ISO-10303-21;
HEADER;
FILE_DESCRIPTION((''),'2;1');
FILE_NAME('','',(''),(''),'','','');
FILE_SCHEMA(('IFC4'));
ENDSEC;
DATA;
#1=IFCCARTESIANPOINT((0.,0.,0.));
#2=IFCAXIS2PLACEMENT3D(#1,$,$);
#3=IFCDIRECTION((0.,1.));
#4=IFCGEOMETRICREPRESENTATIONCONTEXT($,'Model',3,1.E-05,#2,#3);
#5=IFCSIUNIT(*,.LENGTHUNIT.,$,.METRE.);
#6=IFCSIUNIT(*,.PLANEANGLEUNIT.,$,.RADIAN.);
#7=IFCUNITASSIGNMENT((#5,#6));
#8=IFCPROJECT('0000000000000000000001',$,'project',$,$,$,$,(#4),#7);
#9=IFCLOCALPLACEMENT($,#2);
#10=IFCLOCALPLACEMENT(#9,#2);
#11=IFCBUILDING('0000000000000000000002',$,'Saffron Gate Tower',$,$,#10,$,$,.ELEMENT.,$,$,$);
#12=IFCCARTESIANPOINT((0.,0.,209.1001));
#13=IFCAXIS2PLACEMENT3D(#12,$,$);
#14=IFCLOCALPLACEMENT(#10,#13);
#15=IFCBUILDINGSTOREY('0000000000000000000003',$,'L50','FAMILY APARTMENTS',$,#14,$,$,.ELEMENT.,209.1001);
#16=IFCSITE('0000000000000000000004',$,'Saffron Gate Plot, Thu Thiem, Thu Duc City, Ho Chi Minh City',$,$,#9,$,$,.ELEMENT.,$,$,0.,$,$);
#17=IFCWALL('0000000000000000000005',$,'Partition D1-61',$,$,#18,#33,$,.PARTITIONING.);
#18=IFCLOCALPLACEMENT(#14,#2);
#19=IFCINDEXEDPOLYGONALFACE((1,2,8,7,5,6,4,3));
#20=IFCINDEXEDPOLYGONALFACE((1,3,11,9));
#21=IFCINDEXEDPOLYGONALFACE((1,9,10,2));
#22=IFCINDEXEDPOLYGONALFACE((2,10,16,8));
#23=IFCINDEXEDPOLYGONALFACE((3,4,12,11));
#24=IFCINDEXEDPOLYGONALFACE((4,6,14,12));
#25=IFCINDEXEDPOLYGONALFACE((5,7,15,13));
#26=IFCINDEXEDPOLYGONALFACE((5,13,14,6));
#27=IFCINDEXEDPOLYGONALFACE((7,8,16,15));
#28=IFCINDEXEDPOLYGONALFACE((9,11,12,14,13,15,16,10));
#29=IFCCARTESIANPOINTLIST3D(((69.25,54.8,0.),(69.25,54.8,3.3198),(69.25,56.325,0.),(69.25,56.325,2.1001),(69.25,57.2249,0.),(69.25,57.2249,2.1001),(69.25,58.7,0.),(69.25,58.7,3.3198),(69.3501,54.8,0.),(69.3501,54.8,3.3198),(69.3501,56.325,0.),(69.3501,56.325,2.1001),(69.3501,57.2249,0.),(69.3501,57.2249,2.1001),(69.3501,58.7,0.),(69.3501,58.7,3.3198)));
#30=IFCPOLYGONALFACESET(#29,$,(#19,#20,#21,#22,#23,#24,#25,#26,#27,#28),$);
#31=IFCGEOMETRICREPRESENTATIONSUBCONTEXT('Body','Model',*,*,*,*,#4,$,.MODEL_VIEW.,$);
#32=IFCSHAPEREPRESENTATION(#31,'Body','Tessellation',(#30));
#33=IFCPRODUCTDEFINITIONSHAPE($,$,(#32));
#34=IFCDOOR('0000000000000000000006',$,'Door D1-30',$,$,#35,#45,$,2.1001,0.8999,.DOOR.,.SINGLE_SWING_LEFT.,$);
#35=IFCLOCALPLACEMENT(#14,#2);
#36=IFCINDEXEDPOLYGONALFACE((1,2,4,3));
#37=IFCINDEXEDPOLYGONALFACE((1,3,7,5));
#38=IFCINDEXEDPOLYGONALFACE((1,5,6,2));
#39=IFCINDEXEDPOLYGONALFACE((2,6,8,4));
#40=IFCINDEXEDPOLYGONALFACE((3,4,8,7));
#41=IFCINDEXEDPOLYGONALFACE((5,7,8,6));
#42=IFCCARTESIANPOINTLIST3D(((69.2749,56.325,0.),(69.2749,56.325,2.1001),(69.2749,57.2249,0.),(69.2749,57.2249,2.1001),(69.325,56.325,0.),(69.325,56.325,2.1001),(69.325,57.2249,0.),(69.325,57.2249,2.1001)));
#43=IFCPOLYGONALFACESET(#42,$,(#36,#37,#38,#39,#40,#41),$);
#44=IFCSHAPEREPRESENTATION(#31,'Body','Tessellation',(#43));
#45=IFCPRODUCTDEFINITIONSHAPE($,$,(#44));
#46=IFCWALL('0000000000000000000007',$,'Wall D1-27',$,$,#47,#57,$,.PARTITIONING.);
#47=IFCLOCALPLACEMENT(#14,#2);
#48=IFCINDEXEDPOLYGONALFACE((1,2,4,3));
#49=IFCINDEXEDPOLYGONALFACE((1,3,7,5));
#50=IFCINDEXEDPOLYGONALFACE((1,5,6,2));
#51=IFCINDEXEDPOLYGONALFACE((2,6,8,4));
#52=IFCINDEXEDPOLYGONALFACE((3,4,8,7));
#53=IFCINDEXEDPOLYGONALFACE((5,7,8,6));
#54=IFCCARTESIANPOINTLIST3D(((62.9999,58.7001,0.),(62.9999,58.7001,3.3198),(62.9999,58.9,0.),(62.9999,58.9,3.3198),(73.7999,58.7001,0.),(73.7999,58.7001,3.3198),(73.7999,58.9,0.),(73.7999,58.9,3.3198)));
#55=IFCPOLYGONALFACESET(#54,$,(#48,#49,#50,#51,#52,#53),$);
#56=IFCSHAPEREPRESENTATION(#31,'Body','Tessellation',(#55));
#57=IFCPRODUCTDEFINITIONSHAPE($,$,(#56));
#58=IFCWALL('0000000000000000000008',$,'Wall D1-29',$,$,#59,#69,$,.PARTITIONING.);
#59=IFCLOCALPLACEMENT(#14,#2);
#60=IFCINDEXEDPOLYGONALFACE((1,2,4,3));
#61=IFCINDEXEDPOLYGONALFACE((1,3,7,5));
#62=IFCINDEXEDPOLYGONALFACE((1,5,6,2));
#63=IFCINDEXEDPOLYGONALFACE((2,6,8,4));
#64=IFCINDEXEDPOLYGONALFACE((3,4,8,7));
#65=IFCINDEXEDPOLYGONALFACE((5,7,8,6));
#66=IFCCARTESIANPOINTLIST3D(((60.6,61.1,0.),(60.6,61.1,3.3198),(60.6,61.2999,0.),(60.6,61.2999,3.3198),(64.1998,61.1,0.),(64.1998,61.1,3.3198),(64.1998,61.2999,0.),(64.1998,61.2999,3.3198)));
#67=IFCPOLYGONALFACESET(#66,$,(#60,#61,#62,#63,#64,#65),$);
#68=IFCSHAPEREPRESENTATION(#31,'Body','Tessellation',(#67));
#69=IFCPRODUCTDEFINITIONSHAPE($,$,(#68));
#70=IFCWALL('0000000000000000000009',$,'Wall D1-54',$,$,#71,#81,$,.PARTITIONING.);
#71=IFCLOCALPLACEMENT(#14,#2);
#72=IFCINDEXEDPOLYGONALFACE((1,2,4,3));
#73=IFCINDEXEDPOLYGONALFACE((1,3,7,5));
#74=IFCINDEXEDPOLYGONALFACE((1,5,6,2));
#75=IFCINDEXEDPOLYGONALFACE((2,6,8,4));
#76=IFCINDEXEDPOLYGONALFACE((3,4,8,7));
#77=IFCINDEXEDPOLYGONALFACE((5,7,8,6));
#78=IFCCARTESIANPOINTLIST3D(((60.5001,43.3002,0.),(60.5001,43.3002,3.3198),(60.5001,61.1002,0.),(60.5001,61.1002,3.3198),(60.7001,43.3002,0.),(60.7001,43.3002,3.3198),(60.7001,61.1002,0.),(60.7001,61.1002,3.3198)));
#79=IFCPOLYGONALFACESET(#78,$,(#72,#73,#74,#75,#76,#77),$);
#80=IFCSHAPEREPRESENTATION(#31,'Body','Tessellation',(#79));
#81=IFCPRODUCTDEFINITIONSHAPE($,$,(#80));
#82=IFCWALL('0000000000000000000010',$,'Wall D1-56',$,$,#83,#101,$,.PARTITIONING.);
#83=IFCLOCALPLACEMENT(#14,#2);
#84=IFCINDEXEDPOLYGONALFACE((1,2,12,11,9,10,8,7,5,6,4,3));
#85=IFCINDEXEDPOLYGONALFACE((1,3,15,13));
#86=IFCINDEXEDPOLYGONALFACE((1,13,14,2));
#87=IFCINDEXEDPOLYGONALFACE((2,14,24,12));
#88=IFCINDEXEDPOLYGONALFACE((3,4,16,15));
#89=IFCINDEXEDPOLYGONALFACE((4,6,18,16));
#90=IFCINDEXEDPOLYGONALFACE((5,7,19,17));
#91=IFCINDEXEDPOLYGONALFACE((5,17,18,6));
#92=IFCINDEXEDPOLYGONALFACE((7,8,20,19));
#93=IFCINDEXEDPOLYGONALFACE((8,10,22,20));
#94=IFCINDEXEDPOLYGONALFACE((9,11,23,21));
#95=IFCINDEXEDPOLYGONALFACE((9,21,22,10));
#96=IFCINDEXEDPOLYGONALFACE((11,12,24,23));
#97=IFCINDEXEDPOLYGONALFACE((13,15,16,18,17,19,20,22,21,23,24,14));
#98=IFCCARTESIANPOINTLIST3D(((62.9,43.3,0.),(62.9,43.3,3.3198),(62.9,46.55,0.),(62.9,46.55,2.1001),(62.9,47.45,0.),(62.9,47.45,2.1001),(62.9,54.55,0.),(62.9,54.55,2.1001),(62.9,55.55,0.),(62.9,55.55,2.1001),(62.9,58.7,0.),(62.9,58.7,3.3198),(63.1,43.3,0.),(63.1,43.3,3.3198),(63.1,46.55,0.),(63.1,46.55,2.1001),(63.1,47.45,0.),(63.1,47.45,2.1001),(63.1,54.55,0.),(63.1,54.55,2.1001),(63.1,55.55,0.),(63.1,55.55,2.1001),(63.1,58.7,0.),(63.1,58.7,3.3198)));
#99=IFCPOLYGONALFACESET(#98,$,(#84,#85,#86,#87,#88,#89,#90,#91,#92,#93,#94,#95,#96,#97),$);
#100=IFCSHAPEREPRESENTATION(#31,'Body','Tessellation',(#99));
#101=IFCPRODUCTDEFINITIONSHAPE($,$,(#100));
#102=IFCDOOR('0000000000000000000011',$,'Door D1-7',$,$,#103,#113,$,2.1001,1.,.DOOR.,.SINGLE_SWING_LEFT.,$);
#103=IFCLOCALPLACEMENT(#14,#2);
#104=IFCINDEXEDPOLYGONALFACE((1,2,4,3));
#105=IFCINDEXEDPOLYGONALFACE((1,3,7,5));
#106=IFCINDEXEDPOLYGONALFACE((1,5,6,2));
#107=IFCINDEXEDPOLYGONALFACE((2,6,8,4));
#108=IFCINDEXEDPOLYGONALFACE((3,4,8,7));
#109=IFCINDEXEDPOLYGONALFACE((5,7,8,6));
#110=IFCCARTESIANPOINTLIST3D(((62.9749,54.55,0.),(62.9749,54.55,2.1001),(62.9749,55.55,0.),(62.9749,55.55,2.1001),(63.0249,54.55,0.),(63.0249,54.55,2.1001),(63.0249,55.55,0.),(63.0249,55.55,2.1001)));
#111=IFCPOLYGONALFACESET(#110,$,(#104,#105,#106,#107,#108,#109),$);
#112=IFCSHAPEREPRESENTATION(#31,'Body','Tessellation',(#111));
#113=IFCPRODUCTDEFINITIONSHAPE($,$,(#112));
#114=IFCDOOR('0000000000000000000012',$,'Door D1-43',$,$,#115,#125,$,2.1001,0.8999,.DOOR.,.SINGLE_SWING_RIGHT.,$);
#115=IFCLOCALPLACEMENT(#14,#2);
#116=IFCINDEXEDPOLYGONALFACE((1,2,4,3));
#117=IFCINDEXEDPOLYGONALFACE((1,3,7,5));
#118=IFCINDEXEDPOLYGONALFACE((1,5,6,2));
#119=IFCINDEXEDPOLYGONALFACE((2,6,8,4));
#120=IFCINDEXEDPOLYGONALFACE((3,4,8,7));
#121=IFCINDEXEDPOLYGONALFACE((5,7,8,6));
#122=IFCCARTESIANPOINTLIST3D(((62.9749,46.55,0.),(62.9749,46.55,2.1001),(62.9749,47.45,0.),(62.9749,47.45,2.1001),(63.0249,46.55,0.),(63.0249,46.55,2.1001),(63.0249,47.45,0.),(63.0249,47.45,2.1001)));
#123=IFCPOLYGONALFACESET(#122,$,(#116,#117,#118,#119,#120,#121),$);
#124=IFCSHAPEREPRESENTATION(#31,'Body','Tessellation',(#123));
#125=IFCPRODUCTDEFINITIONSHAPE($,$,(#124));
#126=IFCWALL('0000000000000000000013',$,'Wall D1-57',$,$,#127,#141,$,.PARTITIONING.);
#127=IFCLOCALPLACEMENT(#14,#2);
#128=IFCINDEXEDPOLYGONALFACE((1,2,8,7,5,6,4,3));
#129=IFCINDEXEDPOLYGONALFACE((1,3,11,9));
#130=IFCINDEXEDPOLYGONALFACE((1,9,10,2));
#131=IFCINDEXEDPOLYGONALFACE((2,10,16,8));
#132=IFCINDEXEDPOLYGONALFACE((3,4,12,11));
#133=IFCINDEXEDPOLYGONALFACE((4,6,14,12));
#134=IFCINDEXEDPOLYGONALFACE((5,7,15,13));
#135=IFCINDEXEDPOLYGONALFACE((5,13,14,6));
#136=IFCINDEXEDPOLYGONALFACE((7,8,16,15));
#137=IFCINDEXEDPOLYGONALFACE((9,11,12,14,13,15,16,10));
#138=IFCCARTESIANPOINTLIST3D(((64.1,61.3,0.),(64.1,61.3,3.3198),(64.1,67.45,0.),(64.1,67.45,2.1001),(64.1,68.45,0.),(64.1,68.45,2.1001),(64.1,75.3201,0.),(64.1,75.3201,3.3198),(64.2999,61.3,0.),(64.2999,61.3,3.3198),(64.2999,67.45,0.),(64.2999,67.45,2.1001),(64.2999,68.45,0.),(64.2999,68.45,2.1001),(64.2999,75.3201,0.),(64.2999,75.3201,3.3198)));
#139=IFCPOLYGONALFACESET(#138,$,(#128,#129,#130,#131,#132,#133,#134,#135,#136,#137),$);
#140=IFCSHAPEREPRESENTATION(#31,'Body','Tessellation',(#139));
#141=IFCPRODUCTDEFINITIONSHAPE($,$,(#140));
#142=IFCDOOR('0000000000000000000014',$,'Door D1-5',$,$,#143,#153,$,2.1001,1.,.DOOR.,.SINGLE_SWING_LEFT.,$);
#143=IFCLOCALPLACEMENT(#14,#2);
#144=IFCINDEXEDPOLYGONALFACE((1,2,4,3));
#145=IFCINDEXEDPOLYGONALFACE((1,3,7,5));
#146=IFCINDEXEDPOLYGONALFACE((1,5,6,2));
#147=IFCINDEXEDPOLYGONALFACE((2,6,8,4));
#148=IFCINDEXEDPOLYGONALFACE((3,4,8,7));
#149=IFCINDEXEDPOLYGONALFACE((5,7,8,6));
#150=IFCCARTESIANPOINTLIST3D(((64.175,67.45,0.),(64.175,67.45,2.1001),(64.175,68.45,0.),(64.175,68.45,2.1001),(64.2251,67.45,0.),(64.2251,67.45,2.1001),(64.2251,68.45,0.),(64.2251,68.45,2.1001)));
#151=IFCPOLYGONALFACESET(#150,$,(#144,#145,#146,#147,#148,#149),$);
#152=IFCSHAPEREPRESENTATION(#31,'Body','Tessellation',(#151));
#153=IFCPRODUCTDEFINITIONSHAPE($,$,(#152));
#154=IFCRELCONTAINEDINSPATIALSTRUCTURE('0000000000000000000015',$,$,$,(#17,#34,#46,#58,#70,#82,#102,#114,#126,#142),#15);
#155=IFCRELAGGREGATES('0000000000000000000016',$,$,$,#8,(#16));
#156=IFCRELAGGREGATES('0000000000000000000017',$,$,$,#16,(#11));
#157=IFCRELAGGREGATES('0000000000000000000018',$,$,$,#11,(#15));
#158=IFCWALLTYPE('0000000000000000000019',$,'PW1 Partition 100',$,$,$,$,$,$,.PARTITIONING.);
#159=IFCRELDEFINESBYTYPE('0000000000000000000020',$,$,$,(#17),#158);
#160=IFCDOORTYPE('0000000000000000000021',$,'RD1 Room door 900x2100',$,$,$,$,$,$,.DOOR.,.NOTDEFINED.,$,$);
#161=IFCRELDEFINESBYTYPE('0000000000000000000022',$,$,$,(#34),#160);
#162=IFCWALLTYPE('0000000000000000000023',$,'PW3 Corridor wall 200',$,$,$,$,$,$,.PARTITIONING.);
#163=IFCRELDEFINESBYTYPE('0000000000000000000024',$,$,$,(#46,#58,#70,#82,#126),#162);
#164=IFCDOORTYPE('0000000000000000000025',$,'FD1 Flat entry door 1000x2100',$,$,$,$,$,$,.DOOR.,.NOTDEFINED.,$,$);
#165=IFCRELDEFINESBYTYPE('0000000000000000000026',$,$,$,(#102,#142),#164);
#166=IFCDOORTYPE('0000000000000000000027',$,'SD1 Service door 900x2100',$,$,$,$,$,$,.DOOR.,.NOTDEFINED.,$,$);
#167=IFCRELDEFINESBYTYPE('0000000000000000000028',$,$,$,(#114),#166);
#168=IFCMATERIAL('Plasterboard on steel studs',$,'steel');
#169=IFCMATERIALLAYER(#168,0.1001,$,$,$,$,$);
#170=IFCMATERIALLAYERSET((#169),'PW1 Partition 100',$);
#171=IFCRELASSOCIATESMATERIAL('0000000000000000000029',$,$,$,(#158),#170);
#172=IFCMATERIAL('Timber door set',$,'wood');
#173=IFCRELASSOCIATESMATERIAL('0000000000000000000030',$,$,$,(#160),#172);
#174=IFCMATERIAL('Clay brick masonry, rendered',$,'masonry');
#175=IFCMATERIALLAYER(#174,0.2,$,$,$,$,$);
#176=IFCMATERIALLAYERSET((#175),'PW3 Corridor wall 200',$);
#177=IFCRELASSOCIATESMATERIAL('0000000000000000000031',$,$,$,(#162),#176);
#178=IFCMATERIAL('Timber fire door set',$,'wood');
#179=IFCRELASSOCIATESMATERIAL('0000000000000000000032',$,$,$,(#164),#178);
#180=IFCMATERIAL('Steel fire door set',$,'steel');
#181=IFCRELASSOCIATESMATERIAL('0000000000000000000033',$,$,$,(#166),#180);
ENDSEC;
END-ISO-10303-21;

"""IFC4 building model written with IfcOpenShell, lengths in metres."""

from ifc_helpers import new_model, si_unit, direction, frame, frame_2d, origin, place, context, subcontext, project, spatial, rectangle, extrude, material, layer, layer_set, type_object, element, fill, save


model = new_model("IFC4")

# Units and contexts
model_context = context("Model", 3, precision=1e-05, world=origin(), true_north=direction((0.0, 1.0)))
body_context = subcontext(model_context, "Body", "Model", "MODEL_VIEW")
ifc_project = project(units=[si_unit("LENGTHUNIT", "METRE"), si_unit("PLANEANGLEUNIT", "RADIAN")], contexts=[model_context])

# Site, building, storey
site_placement = place(None, origin())
site = spatial("IfcSite", under=ifc_project, at=site_placement, Name="Saffron Gate Plot, Thu Thiem, Thu Duc City, Ho Chi Minh City", CompositionType="ELEMENT", RefElevation=0.0)
building_placement = place(site_placement, origin())
building = spatial("IfcBuilding", under=site, at=building_placement, Name="Saffron Gate Tower", CompositionType="ELEMENT")
storey_placement = place(building_placement, frame((0.0, 0.0, 209.1001)))
storey = spatial("IfcBuildingStorey", under=building, at=storey_placement, Name="L50", Description="FAMILY APARTMENTS", CompositionType="ELEMENT", Elevation=209.1001)

# Shared definitions
ifc_material_1 = material(Name="Steel fire door set", Category="steel")

# Shared definitions
ifc_material_2 = material(Name="Plasterboard on steel studs", Category="steel")
ifc_layer_1 = layer(ifc_material_2, 0.1001)
ifc_layer_set_1 = layer_set([ifc_layer_1], Name="PW1 Partition 100")
wall_type_1 = type_object("IfcWallType", Name="PW1 Partition 100", PredefinedType="PARTITIONING", material=ifc_layer_set_1)

# Wall, opening, door
wall_1_placement = place(storey_placement, frame((69.3, 58.7, 0.0), z_axis=(0.0, 0.0, 1.0), x_axis=(0.0, -1.0, 0.0)))
wall_1 = element("IfcWall", 1, at=wall_1_placement, inside=storey, type_object=wall_type_1, Name="Partition D1-61", PredefinedType="PARTITIONING", context=body_context, shape_type="SweptSolid", body=[
    extrude(rectangle(XDim=3.8999, YDim=0.1001, at=frame_2d((1.95, 0.0))), origin(), (0.0, 0.0, 1.0), 3.3198),
])
opening_1_placement = place(wall_1_placement, frame((1.4751, 0.0, 0.0)))
opening_1 = element("IfcOpeningElement", 2, at=opening_1_placement, cuts=wall_1, PredefinedType="OPENING", context=body_context, shape_type="SweptSolid", body=[
    extrude(rectangle(XDim=0.8999, YDim=2.1001, at=frame_2d((0.45, 1.05))), frame((0.0, 0.0601, 0.0), z_axis=(0.0, -1.0, 0.0), x_axis=(1.0, 0.0, 0.0)), (0.0, 0.0, 1.0), 0.1201),
])
ifc_material_3 = material(Name="Timber door set", Category="wood")
door_type_1 = type_object("IfcDoorType", Name="RD1 Room door 900x2100", OperationType="NOTDEFINED", PredefinedType="DOOR", material=ifc_material_3)
door_1_placement = place(opening_1_placement, origin())
door_1 = element("IfcDoor", 3, at=door_1_placement, inside=storey, type_object=door_type_1, Name="Door D1-30", OperationType="SINGLE_SWING_LEFT", OverallHeight=2.1001, OverallWidth=0.8999, PredefinedType="DOOR", context=body_context, shape_type="SweptSolid", body=[
    extrude(rectangle(XDim=0.8999, YDim=2.1001, at=frame_2d((0.45, 1.05))), frame((0.0, 0.0249, 0.0), z_axis=(0.0, -1.0, 0.0), x_axis=(1.0, 0.0, 0.0)), (0.0, 0.0, 1.0), 0.05),
])
fill(opening_1, door_1)

# Walls
ifc_material_4 = material(Name="Clay brick masonry, rendered", Category="masonry")
ifc_layer_2 = layer(ifc_material_4, 0.2)
ifc_layer_set_2 = layer_set([ifc_layer_2], Name="PW3 Corridor wall 200")
wall_type_2 = type_object("IfcWallType", Name="PW3 Corridor wall 200", PredefinedType="PARTITIONING", material=ifc_layer_set_2)
wall_2_placement = place(storey_placement, frame((63.0, 58.8, 0.0), z_axis=(0.0, 0.0, 1.0), x_axis=(1.0, 0.0, 0.0)))
element("IfcWall", 4, at=wall_2_placement, inside=storey, type_object=wall_type_2, Name="Wall D1-27", PredefinedType="PARTITIONING", context=body_context, shape_type="SweptSolid", body=[
    extrude(rectangle(XDim=10.8, YDim=0.2, at=frame_2d((5.3999, 0.0))), origin(), (0.0, 0.0, 1.0), 3.3198),
])
wall_3_placement = place(storey_placement, frame((60.6001, 61.2, 0.0), z_axis=(0.0, 0.0, 1.0), x_axis=(1.0, 0.0, 0.0)))
element("IfcWall", 5, at=wall_3_placement, inside=storey, type_object=wall_type_2, Name="Wall D1-29", PredefinedType="PARTITIONING", context=body_context, shape_type="SweptSolid", body=[
    extrude(rectangle(XDim=3.5999, YDim=0.2, at=frame_2d((1.7998, 0.0))), origin(), (0.0, 0.0, 1.0), 3.3198),
])
wall_4_placement = place(storey_placement, frame((60.6001, 61.1001, 0.0), z_axis=(0.0, 0.0, 1.0), x_axis=(0.0, -1.0, 0.0)))
element("IfcWall", 6, at=wall_4_placement, inside=storey, type_object=wall_type_2, Name="Wall D1-54", PredefinedType="PARTITIONING", context=body_context, shape_type="SweptSolid", body=[
    extrude(rectangle(XDim=17.8, YDim=0.2, at=frame_2d((8.8999, 0.0))), origin(), (0.0, 0.0, 1.0), 3.3198),
])

# Wall, openings, doors
wall_5_placement = place(storey_placement, frame((63.0, 58.7, 0.0), z_axis=(0.0, 0.0, 1.0), x_axis=(0.0, -1.0, 0.0)))
wall_5 = element("IfcWall", 7, at=wall_5_placement, inside=storey, type_object=wall_type_2, Name="Wall D1-56", PredefinedType="PARTITIONING", context=body_context, shape_type="SweptSolid", body=[
    extrude(rectangle(XDim=15.3999, YDim=0.2, at=frame_2d((7.7, 0.0))), origin(), (0.0, 0.0, 1.0), 3.3198),
])
opening_2_placement = place(wall_5_placement, frame((3.1499, 0.0, 0.0)))
opening_2 = element("IfcOpeningElement", 8, at=opening_2_placement, cuts=wall_5, PredefinedType="OPENING", context=body_context, shape_type="SweptSolid", body=[
    extrude(rectangle(XDim=1.0, YDim=2.1001, at=frame_2d((0.5, 1.05))), frame((0.0, 0.1099, 0.0), z_axis=(0.0, -1.0, 0.0), x_axis=(1.0, 0.0, 0.0)), (0.0, 0.0, 1.0), 0.22),
])
opening_3_placement = place(wall_5_placement, frame((11.25, 0.0, 0.0)))
opening_3 = element("IfcOpeningElement", 9, at=opening_3_placement, cuts=wall_5, PredefinedType="OPENING", context=body_context, shape_type="SweptSolid", body=[
    extrude(rectangle(XDim=0.8999, YDim=2.1001, at=frame_2d((0.45, 1.05))), frame((0.0, 0.1099, 0.0), z_axis=(0.0, -1.0, 0.0), x_axis=(1.0, 0.0, 0.0)), (0.0, 0.0, 1.0), 0.22),
])
ifc_material_5 = material(Name="Timber fire door set", Category="wood")
door_type_2 = type_object("IfcDoorType", Name="FD1 Flat entry door 1000x2100", OperationType="NOTDEFINED", PredefinedType="DOOR", material=ifc_material_5)
door_2_placement = place(opening_2_placement, origin())
door_2 = element("IfcDoor", 10, at=door_2_placement, inside=storey, type_object=door_type_2, Name="Door D1-7", OperationType="SINGLE_SWING_LEFT", OverallHeight=2.1001, OverallWidth=1.0, PredefinedType="DOOR", context=body_context, shape_type="SweptSolid", body=[
    extrude(rectangle(XDim=1.0, YDim=2.1001, at=frame_2d((0.5, 1.05))), frame((0.0, 0.0249, 0.0), z_axis=(0.0, -1.0, 0.0), x_axis=(1.0, 0.0, 0.0)), (0.0, 0.0, 1.0), 0.05),
])
fill(opening_2, door_2)
door_type_3 = type_object("IfcDoorType", Name="SD1 Service door 900x2100", OperationType="NOTDEFINED", PredefinedType="DOOR", material=ifc_material_1)
door_3_placement = place(opening_3_placement, origin())
door_3 = element("IfcDoor", 11, at=door_3_placement, inside=storey, type_object=door_type_3, Name="Door D1-43", OperationType="SINGLE_SWING_RIGHT", OverallHeight=2.1001, OverallWidth=0.8999, PredefinedType="DOOR", context=body_context, shape_type="SweptSolid", body=[
    extrude(rectangle(XDim=0.8999, YDim=2.1001, at=frame_2d((0.45, 1.05))), frame((0.0, 0.0249, 0.0), z_axis=(0.0, -1.0, 0.0), x_axis=(1.0, 0.0, 0.0)), (0.0, 0.0, 1.0), 0.05),
])
fill(opening_3, door_3)

# Wall, opening, door
wall_6_placement = place(storey_placement, frame((64.2, 61.3, 0.0), z_axis=(0.0, 0.0, 1.0), x_axis=(0.0, 1.0, 0.0)))
wall_6 = element("IfcWall", 12, at=wall_6_placement, inside=storey, type_object=wall_type_2, Name="Wall D1-57", PredefinedType="PARTITIONING", context=body_context, shape_type="SweptSolid", body=[
    extrude(rectangle(XDim=14.02, YDim=0.2, at=frame_2d((7.01, 0.0))), origin(), (0.0, 0.0, 1.0), 3.3198),
])
opening_4_placement = place(wall_6_placement, frame((6.1499, 0.0, 0.0)))
opening_4 = element("IfcOpeningElement", 13, at=opening_4_placement, cuts=wall_6, PredefinedType="OPENING", context=body_context, shape_type="SweptSolid", body=[
    extrude(rectangle(XDim=1.0, YDim=2.1001, at=frame_2d((0.5, 1.05))), frame((0.0, 0.1099, 0.0), z_axis=(0.0, -1.0, 0.0), x_axis=(1.0, 0.0, 0.0)), (0.0, 0.0, 1.0), 0.22),
])
door_4_placement = place(opening_4_placement, origin())
door_4 = element("IfcDoor", 14, at=door_4_placement, inside=storey, type_object=door_type_2, Name="Door D1-5", OperationType="SINGLE_SWING_LEFT", OverallHeight=2.1001, OverallWidth=1.0, PredefinedType="DOOR", context=body_context, shape_type="SweptSolid", body=[
    extrude(rectangle(XDim=1.0, YDim=2.1001, at=frame_2d((0.5, 1.05))), frame((0.0, 0.0249, 0.0), z_axis=(0.0, -1.0, 0.0), x_axis=(1.0, 0.0, 0.0)), (0.0, 0.0, 1.0), 0.05),
])
fill(opening_4, door_4)

save(model, "model.ifc")
